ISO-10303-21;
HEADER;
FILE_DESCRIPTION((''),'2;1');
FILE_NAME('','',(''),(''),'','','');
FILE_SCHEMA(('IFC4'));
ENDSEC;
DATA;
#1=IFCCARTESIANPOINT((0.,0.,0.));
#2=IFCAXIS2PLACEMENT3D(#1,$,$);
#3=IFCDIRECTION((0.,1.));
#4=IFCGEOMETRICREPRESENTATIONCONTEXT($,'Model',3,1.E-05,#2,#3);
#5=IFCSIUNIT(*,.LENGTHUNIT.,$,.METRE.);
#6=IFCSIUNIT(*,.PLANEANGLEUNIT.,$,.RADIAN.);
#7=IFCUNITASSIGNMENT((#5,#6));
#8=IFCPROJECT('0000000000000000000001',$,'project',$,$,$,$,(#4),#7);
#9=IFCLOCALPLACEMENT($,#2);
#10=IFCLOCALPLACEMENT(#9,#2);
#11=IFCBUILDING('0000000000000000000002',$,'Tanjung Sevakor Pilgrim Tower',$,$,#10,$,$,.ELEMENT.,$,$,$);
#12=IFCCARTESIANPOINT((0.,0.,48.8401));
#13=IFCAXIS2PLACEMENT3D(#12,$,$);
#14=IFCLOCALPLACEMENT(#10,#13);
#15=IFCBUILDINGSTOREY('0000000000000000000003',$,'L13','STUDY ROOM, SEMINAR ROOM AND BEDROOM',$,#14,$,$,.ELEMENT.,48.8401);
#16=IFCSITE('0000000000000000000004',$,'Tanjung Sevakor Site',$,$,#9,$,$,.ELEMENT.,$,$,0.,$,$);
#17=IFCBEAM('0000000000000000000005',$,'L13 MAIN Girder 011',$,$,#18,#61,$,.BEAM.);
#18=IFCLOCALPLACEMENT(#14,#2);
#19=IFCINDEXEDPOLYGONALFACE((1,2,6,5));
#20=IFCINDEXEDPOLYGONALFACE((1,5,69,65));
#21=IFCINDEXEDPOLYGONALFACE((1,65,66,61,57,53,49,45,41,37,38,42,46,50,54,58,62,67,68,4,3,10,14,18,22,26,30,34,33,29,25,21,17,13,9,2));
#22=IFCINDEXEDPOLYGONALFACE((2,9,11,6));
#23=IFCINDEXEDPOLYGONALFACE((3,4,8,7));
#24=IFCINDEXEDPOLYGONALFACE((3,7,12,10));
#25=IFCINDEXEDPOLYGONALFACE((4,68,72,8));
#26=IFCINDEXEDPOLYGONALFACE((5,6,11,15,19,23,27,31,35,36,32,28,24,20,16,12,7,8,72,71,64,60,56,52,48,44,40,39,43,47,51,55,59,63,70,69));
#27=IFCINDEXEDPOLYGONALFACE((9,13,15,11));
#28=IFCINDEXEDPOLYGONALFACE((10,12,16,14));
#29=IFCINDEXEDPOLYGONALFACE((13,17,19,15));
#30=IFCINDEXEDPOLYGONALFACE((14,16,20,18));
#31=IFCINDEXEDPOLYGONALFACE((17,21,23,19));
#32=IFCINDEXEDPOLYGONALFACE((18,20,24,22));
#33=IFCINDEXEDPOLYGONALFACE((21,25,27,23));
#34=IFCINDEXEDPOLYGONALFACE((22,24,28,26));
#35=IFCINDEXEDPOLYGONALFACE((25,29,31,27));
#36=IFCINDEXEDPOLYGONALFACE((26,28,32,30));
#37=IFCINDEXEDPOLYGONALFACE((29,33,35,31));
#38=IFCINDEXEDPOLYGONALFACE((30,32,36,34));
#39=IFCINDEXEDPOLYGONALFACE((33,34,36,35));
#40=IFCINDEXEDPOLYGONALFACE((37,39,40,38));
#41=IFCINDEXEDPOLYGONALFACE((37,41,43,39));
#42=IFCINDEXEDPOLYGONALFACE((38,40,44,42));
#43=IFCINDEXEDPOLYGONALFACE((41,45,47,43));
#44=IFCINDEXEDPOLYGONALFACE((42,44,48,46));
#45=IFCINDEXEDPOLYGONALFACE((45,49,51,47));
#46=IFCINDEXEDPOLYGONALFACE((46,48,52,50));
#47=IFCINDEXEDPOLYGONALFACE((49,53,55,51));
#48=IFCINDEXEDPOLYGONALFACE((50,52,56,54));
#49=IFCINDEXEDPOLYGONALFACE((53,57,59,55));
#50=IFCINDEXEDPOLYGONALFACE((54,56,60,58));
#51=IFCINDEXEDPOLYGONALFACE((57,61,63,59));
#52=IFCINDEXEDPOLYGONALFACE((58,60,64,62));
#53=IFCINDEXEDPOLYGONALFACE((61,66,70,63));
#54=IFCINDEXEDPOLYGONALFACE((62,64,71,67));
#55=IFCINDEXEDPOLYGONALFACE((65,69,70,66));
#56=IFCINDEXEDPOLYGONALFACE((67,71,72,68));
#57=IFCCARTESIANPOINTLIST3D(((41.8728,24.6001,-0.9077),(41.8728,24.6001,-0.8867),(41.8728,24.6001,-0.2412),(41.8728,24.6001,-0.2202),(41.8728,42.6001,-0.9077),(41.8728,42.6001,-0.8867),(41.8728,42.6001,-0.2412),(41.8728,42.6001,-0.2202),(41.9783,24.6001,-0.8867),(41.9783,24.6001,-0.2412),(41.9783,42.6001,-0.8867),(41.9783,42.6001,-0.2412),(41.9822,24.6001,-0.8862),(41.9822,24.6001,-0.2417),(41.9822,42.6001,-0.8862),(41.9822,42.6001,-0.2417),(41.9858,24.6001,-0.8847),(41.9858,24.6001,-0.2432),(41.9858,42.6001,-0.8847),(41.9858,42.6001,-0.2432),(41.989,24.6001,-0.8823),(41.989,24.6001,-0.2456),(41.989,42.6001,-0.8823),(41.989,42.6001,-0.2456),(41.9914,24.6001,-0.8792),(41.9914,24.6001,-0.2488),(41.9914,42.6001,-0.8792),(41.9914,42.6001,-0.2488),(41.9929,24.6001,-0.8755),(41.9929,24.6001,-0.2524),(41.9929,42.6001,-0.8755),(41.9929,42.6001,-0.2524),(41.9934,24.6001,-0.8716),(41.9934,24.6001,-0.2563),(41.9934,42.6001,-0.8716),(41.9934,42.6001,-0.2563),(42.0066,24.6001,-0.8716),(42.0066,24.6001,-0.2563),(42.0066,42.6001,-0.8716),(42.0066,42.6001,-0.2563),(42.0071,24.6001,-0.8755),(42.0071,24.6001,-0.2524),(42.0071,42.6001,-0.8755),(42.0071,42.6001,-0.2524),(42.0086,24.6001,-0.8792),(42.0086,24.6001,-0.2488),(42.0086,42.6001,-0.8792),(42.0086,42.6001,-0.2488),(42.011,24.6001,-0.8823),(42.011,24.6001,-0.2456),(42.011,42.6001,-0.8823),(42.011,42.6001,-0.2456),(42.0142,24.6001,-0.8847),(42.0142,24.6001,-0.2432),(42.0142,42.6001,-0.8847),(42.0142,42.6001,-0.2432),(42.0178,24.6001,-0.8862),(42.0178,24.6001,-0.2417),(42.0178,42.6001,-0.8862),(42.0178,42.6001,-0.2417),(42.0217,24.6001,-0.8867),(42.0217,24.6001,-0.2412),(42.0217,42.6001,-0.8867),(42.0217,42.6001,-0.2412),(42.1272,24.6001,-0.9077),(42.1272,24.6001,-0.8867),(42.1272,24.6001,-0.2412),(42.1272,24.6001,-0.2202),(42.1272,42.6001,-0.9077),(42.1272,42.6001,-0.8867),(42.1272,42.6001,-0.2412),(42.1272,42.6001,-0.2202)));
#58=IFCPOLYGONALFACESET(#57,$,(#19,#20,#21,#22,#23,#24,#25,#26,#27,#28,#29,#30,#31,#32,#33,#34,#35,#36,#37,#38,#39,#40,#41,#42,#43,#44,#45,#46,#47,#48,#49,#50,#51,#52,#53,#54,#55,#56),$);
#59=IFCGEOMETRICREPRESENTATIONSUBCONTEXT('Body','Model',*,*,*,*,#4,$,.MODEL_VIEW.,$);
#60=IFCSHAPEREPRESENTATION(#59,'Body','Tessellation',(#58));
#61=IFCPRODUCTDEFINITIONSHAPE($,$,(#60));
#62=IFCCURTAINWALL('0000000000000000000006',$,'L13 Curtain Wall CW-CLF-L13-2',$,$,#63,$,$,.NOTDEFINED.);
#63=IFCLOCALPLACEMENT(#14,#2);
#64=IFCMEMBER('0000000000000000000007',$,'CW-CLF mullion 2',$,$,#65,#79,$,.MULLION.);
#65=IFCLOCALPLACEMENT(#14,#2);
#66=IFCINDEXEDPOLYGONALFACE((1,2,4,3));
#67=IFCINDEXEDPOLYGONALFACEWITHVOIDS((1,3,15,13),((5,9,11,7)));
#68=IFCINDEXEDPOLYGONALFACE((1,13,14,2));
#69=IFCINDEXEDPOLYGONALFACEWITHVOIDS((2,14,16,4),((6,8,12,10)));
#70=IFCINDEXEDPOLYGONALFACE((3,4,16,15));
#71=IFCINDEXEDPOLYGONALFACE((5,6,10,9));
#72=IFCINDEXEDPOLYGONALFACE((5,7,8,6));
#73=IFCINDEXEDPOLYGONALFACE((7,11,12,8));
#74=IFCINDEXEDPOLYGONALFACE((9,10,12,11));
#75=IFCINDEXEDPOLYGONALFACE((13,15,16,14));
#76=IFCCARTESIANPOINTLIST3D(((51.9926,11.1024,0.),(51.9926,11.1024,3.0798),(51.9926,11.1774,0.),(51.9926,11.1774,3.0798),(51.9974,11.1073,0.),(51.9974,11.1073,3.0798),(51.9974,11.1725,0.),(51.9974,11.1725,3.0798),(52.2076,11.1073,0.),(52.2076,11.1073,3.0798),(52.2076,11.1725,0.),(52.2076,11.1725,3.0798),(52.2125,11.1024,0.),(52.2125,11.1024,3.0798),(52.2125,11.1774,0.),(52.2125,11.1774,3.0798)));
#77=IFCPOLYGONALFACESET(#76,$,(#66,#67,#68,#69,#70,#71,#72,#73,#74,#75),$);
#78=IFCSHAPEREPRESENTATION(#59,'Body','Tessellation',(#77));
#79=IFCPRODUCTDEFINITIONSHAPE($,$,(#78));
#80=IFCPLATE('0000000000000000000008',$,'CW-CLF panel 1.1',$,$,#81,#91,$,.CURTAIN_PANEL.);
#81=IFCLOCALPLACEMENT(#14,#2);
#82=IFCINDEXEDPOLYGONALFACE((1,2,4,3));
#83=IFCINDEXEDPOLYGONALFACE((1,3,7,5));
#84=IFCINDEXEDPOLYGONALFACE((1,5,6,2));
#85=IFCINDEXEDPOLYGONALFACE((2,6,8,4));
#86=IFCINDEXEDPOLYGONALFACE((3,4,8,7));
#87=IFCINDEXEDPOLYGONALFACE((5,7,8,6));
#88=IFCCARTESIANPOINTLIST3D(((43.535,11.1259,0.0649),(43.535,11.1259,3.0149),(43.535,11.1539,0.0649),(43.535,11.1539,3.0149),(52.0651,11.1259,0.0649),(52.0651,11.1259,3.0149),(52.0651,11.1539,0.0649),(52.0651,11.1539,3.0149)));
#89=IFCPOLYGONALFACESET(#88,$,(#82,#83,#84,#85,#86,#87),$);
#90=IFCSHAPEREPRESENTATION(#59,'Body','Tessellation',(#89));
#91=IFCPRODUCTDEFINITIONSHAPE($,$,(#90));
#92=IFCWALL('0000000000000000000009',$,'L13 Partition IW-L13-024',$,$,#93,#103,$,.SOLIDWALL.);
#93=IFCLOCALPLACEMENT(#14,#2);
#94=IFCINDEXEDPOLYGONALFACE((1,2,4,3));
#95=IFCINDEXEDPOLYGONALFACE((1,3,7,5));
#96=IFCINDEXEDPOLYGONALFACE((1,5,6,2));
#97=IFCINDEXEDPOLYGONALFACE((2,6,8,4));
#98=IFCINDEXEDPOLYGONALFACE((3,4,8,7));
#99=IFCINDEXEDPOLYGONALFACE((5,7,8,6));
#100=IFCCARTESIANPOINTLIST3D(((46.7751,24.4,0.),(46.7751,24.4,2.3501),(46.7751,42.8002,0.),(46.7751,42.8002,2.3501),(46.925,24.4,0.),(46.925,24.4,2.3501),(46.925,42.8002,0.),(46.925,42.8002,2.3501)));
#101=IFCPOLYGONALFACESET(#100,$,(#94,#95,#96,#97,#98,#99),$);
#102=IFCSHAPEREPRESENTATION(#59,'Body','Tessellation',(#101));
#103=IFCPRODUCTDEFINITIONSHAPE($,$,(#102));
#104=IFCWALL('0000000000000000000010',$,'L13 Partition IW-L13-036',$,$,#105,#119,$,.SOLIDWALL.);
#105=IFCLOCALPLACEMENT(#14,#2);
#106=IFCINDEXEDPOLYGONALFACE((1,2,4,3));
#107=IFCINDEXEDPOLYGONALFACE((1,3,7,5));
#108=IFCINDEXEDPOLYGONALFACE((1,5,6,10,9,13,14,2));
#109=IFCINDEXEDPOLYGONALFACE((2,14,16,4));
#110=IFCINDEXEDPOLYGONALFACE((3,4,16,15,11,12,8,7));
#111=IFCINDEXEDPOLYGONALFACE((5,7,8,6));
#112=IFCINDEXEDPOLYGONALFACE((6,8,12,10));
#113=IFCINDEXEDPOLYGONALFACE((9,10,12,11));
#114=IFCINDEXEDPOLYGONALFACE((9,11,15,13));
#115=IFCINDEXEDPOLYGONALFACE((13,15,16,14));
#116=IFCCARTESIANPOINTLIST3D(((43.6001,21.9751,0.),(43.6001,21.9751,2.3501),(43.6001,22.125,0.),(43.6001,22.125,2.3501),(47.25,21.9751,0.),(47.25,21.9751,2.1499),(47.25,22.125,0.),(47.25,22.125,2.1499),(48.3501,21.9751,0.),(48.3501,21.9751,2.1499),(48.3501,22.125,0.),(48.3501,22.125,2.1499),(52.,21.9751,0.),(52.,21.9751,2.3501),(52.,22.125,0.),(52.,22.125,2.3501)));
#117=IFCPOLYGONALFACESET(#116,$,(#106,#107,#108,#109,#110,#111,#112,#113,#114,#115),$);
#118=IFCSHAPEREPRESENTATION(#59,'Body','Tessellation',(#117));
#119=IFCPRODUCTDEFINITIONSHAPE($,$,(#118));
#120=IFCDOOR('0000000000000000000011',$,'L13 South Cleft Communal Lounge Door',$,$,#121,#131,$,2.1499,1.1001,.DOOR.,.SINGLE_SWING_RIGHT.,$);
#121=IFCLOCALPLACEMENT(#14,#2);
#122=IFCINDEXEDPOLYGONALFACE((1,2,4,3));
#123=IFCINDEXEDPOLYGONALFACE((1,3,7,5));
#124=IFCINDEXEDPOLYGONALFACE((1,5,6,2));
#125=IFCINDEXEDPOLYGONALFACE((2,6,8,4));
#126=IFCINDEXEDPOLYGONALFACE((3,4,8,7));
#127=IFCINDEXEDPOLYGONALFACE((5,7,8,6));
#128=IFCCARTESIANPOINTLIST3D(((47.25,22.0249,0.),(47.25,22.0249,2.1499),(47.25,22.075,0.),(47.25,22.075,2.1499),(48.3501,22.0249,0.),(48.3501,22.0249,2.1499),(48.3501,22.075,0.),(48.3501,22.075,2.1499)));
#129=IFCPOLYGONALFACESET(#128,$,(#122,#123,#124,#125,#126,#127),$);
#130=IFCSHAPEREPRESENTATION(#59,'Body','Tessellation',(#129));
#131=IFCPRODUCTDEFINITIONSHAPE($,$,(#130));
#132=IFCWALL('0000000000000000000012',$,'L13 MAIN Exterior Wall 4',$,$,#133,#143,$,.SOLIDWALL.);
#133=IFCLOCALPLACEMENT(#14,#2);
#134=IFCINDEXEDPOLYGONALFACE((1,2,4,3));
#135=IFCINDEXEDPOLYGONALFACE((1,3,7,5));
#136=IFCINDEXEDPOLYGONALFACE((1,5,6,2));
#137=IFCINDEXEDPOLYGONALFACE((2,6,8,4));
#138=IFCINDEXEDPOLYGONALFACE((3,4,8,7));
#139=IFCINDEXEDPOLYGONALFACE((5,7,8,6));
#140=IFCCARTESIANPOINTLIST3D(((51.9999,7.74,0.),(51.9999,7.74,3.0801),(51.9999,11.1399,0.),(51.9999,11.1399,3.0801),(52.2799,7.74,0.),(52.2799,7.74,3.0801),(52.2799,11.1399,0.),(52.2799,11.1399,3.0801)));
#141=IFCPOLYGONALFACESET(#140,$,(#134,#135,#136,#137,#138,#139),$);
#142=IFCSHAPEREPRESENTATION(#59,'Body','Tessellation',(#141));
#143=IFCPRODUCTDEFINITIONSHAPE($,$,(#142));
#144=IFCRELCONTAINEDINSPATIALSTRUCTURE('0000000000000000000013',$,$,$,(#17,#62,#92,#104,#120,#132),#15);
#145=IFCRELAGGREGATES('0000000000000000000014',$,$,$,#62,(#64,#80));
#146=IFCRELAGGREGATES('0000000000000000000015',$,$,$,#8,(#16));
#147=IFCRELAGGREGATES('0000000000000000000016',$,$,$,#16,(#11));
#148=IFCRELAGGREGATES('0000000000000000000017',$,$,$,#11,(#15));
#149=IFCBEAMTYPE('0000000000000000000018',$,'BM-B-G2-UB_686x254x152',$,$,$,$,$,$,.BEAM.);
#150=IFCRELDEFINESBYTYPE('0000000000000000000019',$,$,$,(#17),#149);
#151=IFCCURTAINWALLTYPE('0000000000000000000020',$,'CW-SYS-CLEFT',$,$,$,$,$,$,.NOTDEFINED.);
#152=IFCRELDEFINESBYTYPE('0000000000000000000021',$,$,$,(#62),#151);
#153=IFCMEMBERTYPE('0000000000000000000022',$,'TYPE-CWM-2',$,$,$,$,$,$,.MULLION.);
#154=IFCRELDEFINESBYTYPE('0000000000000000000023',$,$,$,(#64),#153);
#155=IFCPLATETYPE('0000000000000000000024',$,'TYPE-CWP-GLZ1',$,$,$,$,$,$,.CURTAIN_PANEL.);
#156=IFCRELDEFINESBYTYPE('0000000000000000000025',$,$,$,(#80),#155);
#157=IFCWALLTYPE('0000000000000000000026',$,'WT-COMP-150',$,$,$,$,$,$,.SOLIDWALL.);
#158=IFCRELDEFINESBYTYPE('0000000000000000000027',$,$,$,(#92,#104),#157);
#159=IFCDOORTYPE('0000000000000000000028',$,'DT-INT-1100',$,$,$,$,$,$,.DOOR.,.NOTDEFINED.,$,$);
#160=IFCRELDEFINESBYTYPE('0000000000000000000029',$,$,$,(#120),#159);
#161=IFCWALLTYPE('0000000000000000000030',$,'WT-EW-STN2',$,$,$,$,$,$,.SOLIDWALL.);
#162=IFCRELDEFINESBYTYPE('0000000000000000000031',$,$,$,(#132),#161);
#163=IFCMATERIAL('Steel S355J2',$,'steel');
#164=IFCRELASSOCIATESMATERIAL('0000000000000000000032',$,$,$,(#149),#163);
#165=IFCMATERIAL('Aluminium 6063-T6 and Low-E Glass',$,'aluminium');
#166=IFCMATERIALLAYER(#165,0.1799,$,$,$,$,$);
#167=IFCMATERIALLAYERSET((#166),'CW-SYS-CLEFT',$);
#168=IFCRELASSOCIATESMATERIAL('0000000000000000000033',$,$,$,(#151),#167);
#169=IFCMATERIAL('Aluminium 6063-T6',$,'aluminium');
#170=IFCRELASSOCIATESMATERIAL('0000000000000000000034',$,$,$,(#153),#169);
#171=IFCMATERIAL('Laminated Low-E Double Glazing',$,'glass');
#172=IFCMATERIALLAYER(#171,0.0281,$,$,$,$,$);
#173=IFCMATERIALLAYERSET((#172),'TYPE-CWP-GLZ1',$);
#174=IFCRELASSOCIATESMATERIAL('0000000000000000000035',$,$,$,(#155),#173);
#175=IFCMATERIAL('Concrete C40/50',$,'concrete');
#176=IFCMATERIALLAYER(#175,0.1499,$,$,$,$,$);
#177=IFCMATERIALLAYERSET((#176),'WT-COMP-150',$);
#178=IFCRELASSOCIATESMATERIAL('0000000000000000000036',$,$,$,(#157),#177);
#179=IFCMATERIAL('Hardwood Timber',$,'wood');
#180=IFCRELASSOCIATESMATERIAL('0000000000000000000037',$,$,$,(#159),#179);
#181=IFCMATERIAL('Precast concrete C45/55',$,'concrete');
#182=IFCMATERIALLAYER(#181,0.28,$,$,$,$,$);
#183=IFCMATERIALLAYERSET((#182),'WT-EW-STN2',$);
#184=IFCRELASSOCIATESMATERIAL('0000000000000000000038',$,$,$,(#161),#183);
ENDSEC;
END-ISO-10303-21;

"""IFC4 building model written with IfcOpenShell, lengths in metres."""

from ifc_helpers import new_model, si_unit, direction, frame, frame_2d, origin, origin_2d, place, context, subcontext, project, spatial, rectangle, hollow_rectangle, i_section, extrude, material, layer, layer_set, material_profile, profile_set, type_object, element, fill, aggregate, save


model = new_model("IFC4")

# Units and contexts
model_context = context("Model", 3, precision=1e-05, world=origin(), true_north=direction((0.0, 1.0)))
body_context = subcontext(model_context, "Body", "Model", "MODEL_VIEW")
ifc_project = project(units=[si_unit("LENGTHUNIT", "METRE"), si_unit("PLANEANGLEUNIT", "RADIAN")], contexts=[model_context])

# Site, building, storey
site_placement = place(None, origin())
site = spatial("IfcSite", under=ifc_project, at=site_placement, Name="Tanjung Sevakor Site", CompositionType="ELEMENT", RefElevation=0.0)
building_placement = place(site_placement, origin())
building = spatial("IfcBuilding", under=site, at=building_placement, Name="Tanjung Sevakor Pilgrim Tower", CompositionType="ELEMENT")
storey_placement = place(building_placement, frame((0.0, 0.0, 48.8401)))
storey = spatial("IfcBuildingStorey", under=building, at=storey_placement, Name="L13", Description="STUDY ROOM, SEMINAR ROOM AND BEDROOM", CompositionType="ELEMENT", Elevation=48.8401)

# Beam
ifc_material_1 = material(Name="Steel S355J2", Category="steel")
ifc_material_profile_1 = material_profile(ifc_material_1, i_section(OverallWidth=0.2544, OverallDepth=0.6875, WebThickness=0.0132, FlangeThickness=0.021, FilletRadius=0.0151, at=origin_2d()))
ifc_profile_set_1 = profile_set([ifc_material_profile_1], Name="Steel S355J2")
beam_type_1 = type_object("IfcBeamType", Name="BM-B-G2-UB_686x254x152", PredefinedType="BEAM", material=ifc_profile_set_1)
beam_placement = place(storey_placement, frame((42.0, 24.6001, -0.564), z_axis=(0.0, 1.0, 0.0), x_axis=(-1.0, 0.0, 0.0)))
element("IfcBeam", 1, at=beam_placement, inside=storey, type_object=beam_type_1, Name="L13 MAIN Girder 011", PredefinedType="BEAM", context=body_context, shape_type="SweptSolid", body=[
    extrude(i_section(OverallWidth=0.2544, OverallDepth=0.6875, WebThickness=0.0132, FlangeThickness=0.021, FilletRadius=0.0151, at=origin_2d()), origin(), (0.0, 0.0, 1.0), 18.0),
])

# Curtain wall, member, plate
ifc_material_2 = material(Name="Aluminium 6063-T6 and Low-E Glass", Category="aluminium")
ifc_layer_1 = layer(ifc_material_2, 0.1799)
ifc_layer_set_1 = layer_set([ifc_layer_1], Name="CW-SYS-CLEFT")
curtain_wall_type = type_object("IfcCurtainWallType", Name="CW-SYS-CLEFT", PredefinedType="NOTDEFINED", material=ifc_layer_set_1)
curtain_wall_placement = place(storey_placement, origin())
curtain_wall = element("IfcCurtainWall", 2, at=curtain_wall_placement, inside=storey, type_object=curtain_wall_type, Name="L13 Curtain Wall CW-CLF-L13-2", PredefinedType="NOTDEFINED")
ifc_material_3 = material(Name="Aluminium 6063-T6", Category="aluminium")
ifc_material_profile_2 = material_profile(ifc_material_3, hollow_rectangle(XDim=0.075, YDim=0.22, WallThickness=0.0049, at=origin_2d()))
ifc_profile_set_2 = profile_set([ifc_material_profile_2], Name="Aluminium 6063-T6")
member_type = type_object("IfcMemberType", Name="TYPE-CWM-2", PredefinedType="MULLION", material=ifc_profile_set_2)
member_placement = place(storey_placement, frame((52.1025, 11.1399, 0.0), z_axis=(0.0, 0.0, 1.0), x_axis=(0.0, 1.0, 0.0)))
member = element("IfcMember", 3, at=member_placement, type_object=member_type, Name="CW-CLF mullion 2", PredefinedType="MULLION", context=body_context, shape_type="SweptSolid", body=[
    extrude(hollow_rectangle(XDim=0.075, YDim=0.22, WallThickness=0.0049, at=origin_2d()), origin(), (0.0, 0.0, 1.0), 3.0798),
])
ifc_material_4 = material(Name="Laminated Low-E Double Glazing", Category="glass")
ifc_layer_2 = layer(ifc_material_4, 0.0281)
ifc_layer_set_2 = layer_set([ifc_layer_2], Name="TYPE-CWP-GLZ1")
plate_type = type_object("IfcPlateType", Name="TYPE-CWP-GLZ1", PredefinedType="CURTAIN_PANEL", material=ifc_layer_set_2)
plate_placement = place(storey_placement, frame((47.8, 11.1399, 0.0649), z_axis=(0.0, 0.0, 1.0), x_axis=(1.0, 0.0, 0.0)))
plate = element("IfcPlate", 4, at=plate_placement, type_object=plate_type, Name="CW-CLF panel 1.1", PredefinedType="CURTAIN_PANEL", context=body_context, shape_type="SweptSolid", body=[
    extrude(rectangle(XDim=8.53, YDim=0.0281, at=origin_2d()), origin(), (0.0, 0.0, 1.0), 2.95),
])
aggregate(curtain_wall, [member, plate])

# Wall
ifc_material_5 = material(Name="Concrete C40/50", Category="concrete")
ifc_layer_3 = layer(ifc_material_5, 0.1499)
ifc_layer_set_3 = layer_set([ifc_layer_3], Name="WT-COMP-150")
wall_type_1 = type_object("IfcWallType", Name="WT-COMP-150", PredefinedType="SOLIDWALL", material=ifc_layer_set_3)
wall_1_placement = place(storey_placement, frame((46.8501, 24.3999, 0.0), z_axis=(0.0, 0.0, 1.0), x_axis=(0.0, 1.0, 0.0)))
element("IfcWall", 5, at=wall_1_placement, inside=storey, type_object=wall_type_1, Name="L13 Partition IW-L13-024", PredefinedType="SOLIDWALL", context=body_context, shape_type="SweptSolid", body=[
    extrude(rectangle(XDim=18.4001, YDim=0.1499, at=frame_2d((9.2002, 0.0))), origin(), (0.0, 0.0, 1.0), 2.3501),
])

# Wall, opening, door
wall_2_placement = place(storey_placement, frame((43.6001, 22.05, 0.0), z_axis=(0.0, 0.0, 1.0), x_axis=(1.0, 0.0, 0.0)))
wall_2 = element("IfcWall", 6, at=wall_2_placement, inside=storey, type_object=wall_type_1, Name="L13 Partition IW-L13-036", PredefinedType="SOLIDWALL", context=body_context, shape_type="SweptSolid", body=[
    extrude(rectangle(XDim=8.3999, YDim=0.1499, at=frame_2d((4.2, 0.0))), origin(), (0.0, 0.0, 1.0), 2.3501),
])
opening_1_placement = place(wall_2_placement, frame((3.6499, 0.0, 0.0)))
opening_1 = element("IfcOpeningElement", 7, at=opening_1_placement, cuts=wall_2, PredefinedType="OPENING", context=body_context, shape_type="SweptSolid", body=[
    extrude(rectangle(XDim=1.1001, YDim=2.1499, at=frame_2d((0.55, 1.075))), frame((0.0, 0.085, 0.0), z_axis=(0.0, -1.0, 0.0), x_axis=(1.0, 0.0, 0.0)), (0.0, 0.0, 1.0), 0.1699),
])
ifc_material_6 = material(Name="Hardwood Timber", Category="wood")
door_type_1 = type_object("IfcDoorType", Name="DT-INT-1100", OperationType="NOTDEFINED", PredefinedType="DOOR", material=ifc_material_6)
door_1_placement = place(opening_1_placement, origin())
door_1 = element("IfcDoor", 8, at=door_1_placement, inside=storey, type_object=door_type_1, Name="L13 South Cleft Communal Lounge Door", OperationType="SINGLE_SWING_RIGHT", OverallHeight=2.1499, OverallWidth=1.1001, PredefinedType="DOOR", context=body_context, shape_type="SweptSolid", body=[
    extrude(rectangle(XDim=1.1001, YDim=2.1499, at=frame_2d((0.55, 1.075))), frame((0.0, 0.0249, 0.0), z_axis=(0.0, -1.0, 0.0), x_axis=(1.0, 0.0, 0.0)), (0.0, 0.0, 1.0), 0.05),
])
fill(opening_1, door_1)

# Wall
ifc_material_7 = material(Name="Precast concrete C45/55", Category="concrete")
ifc_layer_4 = layer(ifc_material_7, 0.28)
ifc_layer_set_4 = layer_set([ifc_layer_4], Name="WT-EW-STN2")
wall_type_2 = type_object("IfcWallType", Name="WT-EW-STN2", PredefinedType="SOLIDWALL", material=ifc_layer_set_4)
wall_3_placement = place(storey_placement, frame((52.1399, 11.1399, 0.0), z_axis=(0.0, 0.0, 1.0), x_axis=(0.0, -1.0, 0.0)))
element("IfcWall", 9, at=wall_3_placement, inside=storey, type_object=wall_type_2, Name="L13 MAIN Exterior Wall 4", PredefinedType="SOLIDWALL", context=body_context, shape_type="SweptSolid", body=[
    extrude(rectangle(XDim=3.3999, YDim=0.28, at=frame_2d((1.7, 0.0))), origin(), (0.0, 0.0, 1.0), 3.0801),
])

save(model, "model.ifc")
